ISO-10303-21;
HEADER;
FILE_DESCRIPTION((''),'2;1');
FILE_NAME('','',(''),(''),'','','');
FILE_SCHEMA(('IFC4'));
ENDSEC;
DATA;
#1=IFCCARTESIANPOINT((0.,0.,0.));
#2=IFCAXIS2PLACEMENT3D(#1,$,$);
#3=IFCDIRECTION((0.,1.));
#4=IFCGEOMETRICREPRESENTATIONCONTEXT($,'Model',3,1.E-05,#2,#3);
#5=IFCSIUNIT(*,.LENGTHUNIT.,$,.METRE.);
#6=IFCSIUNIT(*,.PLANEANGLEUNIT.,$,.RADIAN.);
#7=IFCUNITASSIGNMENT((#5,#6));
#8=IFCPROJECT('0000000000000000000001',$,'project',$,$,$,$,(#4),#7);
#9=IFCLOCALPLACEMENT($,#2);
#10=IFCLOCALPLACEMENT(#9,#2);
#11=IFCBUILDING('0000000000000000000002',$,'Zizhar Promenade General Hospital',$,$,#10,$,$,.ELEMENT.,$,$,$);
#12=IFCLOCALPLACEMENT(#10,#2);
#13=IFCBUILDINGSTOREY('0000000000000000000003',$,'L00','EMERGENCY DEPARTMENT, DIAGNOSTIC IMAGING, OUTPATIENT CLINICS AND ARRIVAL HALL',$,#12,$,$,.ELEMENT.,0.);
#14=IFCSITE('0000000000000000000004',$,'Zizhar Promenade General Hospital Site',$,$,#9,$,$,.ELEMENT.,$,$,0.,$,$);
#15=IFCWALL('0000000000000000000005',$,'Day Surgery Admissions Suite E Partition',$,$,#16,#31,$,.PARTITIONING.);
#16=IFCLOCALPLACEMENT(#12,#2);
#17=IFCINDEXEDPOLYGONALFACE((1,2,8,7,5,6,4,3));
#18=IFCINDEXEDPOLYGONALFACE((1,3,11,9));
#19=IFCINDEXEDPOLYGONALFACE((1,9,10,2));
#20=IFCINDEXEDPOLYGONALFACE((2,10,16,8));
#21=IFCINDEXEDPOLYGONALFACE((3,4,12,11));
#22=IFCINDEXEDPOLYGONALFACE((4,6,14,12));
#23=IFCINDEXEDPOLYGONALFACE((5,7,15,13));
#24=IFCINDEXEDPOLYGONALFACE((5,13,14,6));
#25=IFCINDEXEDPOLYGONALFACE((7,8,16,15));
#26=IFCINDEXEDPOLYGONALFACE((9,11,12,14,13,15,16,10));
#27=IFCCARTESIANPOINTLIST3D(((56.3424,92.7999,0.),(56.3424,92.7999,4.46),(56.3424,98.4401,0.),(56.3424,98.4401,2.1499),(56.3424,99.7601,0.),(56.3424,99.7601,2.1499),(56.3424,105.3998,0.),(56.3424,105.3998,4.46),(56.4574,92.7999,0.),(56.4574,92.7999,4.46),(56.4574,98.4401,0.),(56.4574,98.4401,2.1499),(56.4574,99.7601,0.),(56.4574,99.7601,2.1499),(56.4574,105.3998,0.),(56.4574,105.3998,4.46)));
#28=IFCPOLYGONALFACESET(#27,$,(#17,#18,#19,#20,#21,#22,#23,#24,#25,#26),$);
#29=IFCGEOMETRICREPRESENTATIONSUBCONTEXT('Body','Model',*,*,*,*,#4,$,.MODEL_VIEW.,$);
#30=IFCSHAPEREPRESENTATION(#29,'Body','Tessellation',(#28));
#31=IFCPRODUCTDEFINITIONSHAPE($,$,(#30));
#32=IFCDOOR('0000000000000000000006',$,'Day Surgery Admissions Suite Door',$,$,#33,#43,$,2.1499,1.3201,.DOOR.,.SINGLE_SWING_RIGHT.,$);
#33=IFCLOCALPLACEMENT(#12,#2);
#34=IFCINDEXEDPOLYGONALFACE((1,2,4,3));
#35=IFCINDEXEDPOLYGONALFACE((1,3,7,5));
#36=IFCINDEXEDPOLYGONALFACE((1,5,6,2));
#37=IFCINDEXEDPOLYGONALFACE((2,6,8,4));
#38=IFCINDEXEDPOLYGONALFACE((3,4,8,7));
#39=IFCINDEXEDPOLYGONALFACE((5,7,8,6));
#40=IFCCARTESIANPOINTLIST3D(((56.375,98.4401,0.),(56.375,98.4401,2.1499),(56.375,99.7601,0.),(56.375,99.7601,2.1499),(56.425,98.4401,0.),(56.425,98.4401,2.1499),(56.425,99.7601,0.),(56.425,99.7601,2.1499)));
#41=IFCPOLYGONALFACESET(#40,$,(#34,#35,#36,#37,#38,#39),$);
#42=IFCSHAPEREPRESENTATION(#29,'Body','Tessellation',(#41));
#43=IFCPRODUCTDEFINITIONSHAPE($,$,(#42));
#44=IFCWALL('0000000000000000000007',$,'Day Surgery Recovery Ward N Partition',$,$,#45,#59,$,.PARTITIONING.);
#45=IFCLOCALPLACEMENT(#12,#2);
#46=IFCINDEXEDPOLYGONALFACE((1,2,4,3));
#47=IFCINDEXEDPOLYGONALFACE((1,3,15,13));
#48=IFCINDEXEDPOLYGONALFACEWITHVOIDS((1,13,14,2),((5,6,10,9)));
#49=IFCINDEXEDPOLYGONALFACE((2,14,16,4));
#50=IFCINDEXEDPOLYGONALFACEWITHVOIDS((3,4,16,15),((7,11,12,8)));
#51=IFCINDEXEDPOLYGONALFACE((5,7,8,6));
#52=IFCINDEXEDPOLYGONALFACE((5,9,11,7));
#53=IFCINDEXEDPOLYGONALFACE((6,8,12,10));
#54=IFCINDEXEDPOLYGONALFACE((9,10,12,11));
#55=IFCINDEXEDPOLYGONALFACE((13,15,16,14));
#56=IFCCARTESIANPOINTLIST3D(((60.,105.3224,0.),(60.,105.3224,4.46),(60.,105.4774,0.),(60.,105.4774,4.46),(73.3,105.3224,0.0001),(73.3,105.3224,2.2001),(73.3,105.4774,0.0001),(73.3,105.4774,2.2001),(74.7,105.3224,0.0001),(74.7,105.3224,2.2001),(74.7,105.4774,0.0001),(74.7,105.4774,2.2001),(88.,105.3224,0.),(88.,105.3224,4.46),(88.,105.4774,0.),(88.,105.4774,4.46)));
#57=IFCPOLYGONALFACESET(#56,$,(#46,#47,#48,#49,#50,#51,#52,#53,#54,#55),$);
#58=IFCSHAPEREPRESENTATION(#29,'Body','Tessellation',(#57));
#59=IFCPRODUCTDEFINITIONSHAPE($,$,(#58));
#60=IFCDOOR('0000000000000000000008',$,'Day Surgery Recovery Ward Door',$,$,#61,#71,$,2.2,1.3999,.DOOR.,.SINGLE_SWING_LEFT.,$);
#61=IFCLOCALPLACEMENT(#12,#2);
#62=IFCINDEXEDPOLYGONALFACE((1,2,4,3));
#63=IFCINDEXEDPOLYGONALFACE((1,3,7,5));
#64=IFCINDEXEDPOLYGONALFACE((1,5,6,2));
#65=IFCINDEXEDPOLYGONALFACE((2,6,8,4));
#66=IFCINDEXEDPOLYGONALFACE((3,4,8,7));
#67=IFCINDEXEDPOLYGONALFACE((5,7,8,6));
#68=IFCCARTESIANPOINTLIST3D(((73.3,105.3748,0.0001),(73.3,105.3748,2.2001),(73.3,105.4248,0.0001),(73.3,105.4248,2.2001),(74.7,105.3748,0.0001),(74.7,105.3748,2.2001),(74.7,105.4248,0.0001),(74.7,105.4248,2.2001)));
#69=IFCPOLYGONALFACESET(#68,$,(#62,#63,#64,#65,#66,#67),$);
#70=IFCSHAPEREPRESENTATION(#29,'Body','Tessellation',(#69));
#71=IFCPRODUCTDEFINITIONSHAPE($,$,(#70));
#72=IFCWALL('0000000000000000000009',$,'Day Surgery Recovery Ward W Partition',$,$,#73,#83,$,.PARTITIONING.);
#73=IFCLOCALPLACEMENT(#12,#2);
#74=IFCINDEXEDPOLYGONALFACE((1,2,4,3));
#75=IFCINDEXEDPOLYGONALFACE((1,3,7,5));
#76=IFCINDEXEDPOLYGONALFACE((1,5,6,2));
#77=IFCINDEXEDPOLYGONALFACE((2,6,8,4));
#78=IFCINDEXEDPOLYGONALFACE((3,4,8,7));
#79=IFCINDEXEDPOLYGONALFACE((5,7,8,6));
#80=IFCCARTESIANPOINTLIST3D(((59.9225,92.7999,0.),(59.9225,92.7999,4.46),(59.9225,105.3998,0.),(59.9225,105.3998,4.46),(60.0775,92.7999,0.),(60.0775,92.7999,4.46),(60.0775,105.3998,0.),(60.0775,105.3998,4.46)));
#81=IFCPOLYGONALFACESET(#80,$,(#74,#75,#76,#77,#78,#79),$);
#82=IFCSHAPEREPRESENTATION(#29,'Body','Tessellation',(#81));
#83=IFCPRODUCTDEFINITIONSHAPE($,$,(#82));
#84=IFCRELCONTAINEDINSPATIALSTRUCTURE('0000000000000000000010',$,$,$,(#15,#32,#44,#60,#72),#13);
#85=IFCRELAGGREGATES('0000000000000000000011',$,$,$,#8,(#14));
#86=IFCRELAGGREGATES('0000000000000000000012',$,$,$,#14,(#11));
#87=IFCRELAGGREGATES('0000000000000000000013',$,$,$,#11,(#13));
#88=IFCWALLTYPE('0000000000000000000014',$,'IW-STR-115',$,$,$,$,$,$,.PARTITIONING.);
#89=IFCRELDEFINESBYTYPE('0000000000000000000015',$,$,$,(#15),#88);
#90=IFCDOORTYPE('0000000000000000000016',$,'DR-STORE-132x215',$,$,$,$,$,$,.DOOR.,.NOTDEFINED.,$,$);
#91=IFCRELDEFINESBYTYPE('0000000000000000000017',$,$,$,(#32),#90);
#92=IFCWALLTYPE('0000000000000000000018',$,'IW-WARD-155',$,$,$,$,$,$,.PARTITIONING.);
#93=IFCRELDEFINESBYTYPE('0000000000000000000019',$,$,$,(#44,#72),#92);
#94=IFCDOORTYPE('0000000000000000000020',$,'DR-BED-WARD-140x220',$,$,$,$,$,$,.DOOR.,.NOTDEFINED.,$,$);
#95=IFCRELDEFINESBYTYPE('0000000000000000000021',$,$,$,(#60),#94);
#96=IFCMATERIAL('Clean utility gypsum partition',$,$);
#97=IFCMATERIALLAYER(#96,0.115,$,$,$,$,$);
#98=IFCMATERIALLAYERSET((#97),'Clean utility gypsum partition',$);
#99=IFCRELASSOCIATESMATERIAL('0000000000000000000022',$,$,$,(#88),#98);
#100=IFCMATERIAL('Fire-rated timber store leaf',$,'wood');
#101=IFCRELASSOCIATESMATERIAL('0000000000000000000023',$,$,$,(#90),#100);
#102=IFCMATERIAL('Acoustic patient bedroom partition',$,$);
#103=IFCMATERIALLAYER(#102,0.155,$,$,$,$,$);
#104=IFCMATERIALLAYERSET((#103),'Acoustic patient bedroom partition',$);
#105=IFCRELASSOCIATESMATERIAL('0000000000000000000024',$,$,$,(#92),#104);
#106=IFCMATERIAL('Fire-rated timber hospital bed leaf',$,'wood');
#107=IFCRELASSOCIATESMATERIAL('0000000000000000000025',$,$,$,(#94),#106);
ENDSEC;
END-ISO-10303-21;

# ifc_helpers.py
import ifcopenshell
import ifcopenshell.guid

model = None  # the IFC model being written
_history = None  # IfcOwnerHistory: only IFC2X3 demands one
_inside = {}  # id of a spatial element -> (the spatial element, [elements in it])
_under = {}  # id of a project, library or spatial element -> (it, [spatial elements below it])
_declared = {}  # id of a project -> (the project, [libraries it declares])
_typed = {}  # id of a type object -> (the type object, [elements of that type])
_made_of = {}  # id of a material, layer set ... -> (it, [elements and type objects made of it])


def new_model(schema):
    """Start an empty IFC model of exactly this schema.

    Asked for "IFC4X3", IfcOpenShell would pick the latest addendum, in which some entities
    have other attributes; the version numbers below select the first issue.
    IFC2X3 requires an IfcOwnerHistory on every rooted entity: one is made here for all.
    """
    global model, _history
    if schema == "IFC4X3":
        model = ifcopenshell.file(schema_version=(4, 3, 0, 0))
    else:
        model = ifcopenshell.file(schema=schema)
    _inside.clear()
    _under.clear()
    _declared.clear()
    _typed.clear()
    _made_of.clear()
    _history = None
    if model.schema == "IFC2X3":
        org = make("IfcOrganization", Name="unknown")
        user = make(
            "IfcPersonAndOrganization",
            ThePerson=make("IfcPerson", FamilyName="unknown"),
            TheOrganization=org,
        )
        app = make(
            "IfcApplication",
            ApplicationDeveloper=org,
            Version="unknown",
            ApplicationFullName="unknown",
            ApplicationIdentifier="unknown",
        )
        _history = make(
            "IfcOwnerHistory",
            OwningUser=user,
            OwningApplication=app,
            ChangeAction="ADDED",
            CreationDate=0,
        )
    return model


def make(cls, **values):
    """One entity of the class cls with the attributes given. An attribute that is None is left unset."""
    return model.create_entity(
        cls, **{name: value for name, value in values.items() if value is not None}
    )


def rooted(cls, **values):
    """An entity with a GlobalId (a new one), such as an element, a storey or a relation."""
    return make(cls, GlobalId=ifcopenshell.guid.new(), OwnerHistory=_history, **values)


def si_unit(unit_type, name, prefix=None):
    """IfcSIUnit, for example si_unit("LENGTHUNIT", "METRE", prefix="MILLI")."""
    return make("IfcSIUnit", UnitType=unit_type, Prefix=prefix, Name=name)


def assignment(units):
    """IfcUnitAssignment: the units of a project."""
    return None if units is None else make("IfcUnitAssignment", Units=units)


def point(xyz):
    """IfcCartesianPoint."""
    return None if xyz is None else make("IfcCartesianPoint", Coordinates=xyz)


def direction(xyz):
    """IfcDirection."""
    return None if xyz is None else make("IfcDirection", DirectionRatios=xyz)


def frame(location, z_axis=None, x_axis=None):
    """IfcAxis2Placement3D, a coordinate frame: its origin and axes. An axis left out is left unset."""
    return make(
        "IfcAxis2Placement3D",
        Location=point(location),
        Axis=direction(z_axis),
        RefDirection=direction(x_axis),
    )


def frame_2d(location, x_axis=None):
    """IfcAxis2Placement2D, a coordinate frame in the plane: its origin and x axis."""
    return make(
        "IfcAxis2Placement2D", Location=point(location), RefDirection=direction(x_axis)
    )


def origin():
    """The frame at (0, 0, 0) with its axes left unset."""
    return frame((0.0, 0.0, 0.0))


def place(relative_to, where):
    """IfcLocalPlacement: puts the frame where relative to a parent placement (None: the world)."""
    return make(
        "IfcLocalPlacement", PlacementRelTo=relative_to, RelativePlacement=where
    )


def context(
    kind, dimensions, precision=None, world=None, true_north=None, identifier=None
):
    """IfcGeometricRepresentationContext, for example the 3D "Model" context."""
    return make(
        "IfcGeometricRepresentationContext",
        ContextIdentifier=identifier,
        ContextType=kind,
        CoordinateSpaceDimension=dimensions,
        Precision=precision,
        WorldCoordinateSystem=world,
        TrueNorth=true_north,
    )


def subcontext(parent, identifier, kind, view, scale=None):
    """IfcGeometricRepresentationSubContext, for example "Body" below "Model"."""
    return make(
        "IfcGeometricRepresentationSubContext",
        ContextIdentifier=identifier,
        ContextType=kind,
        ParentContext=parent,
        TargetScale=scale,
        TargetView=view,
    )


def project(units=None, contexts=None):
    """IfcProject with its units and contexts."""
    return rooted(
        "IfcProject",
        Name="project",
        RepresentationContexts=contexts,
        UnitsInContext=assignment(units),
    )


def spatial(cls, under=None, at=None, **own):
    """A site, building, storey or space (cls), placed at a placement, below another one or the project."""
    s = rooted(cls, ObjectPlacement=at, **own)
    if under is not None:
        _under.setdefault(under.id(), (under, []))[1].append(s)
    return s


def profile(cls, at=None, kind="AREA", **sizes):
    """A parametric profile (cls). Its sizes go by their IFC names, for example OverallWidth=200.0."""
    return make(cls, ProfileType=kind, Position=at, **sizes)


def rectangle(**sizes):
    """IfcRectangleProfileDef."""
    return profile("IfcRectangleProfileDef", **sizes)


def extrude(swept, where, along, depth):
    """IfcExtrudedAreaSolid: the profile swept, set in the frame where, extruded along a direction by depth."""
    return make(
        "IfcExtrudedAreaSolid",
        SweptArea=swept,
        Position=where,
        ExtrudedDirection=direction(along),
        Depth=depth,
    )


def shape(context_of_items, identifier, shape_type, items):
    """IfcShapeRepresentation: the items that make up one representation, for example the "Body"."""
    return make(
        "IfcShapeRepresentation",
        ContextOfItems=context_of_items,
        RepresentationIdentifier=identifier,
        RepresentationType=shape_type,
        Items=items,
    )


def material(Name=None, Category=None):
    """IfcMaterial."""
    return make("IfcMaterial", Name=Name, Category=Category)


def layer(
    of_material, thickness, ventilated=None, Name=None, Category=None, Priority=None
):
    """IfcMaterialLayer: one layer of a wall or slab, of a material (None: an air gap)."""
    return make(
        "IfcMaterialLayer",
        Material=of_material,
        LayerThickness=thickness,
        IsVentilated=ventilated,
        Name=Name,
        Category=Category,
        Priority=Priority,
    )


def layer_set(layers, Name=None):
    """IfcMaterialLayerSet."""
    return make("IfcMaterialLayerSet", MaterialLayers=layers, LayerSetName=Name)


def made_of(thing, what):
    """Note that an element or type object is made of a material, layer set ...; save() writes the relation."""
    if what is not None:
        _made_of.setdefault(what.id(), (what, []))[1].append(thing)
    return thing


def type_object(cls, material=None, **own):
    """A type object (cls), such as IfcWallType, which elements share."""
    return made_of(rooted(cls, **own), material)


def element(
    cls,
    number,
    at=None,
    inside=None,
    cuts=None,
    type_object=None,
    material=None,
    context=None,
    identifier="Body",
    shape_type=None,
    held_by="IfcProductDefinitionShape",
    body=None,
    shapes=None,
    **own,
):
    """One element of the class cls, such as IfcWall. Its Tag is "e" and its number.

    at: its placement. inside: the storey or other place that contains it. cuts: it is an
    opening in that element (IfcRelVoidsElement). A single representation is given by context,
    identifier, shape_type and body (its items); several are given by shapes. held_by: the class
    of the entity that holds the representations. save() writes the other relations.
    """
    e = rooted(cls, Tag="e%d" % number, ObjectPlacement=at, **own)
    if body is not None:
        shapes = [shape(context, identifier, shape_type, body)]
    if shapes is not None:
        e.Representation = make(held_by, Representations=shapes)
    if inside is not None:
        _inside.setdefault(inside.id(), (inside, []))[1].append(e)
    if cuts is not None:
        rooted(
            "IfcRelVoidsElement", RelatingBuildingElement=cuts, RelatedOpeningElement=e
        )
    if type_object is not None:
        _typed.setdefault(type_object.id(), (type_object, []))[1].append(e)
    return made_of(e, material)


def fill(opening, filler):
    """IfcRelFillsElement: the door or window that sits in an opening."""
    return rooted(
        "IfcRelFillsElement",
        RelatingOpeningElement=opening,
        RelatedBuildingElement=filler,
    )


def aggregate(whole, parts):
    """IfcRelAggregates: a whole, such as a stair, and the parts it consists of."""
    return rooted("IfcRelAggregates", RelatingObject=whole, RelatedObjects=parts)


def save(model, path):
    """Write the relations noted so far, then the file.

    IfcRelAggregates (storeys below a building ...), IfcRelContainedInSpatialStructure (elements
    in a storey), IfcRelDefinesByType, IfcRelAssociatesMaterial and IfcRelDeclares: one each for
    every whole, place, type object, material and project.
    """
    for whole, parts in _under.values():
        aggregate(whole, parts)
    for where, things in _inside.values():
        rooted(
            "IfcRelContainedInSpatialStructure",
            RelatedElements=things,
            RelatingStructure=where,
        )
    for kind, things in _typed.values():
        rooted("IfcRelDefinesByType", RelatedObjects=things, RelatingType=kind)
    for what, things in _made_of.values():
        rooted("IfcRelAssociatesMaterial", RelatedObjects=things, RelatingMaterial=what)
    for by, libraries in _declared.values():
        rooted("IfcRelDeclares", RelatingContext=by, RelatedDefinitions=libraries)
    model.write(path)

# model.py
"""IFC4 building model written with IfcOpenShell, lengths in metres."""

from ifc_helpers import new_model, si_unit, direction, frame, frame_2d, origin, place, context, subcontext, project, spatial, rectangle, extrude, material, layer, layer_set, type_object, element, fill, save


model = new_model("IFC4")

# Units and contexts
model_context = context("Model", 3, precision=1e-05, world=origin(), true_north=direction((0.0, 1.0)))
body_context = subcontext(model_context, "Body", "Model", "MODEL_VIEW")
ifc_project = project(units=[si_unit("LENGTHUNIT", "METRE"), si_unit("PLANEANGLEUNIT", "RADIAN")], contexts=[model_context])

# Site, building, storey
site_placement = place(None, origin())
site = spatial("IfcSite", under=ifc_project, at=site_placement, Name="Zizhar Promenade General Hospital Site", CompositionType="ELEMENT", RefElevation=0.0)
building_placement = place(site_placement, origin())
building = spatial("IfcBuilding", under=site, at=building_placement, Name="Zizhar Promenade General Hospital", CompositionType="ELEMENT")
storey_placement = place(building_placement, origin())
storey = spatial("IfcBuildingStorey", under=building, at=storey_placement, Name="L00", Description="EMERGENCY DEPARTMENT, DIAGNOSTIC IMAGING, OUTPATIENT CLINICS AND ARRIVAL HALL", CompositionType="ELEMENT", Elevation=0.0)

# Shared definitions
ifc_material_1 = material(Name="Clean utility gypsum partition")
ifc_layer_1 = layer(ifc_material_1, 0.115)
ifc_layer_set_1 = layer_set([ifc_layer_1], Name="Clean utility gypsum partition")
wall_type_1 = type_object("IfcWallType", Name="IW-STR-115", PredefinedType="PARTITIONING", material=ifc_layer_set_1)

# Walls, openings, doors
wall_1_placement = place(storey_placement, frame((56.3999, 92.8, 0.0), z_axis=(0.0, 0.0, 1.0), x_axis=(0.0, 1.0, 0.0)))
wall_1 = element("IfcWall", 1, at=wall_1_placement, inside=storey, type_object=wall_type_1, Name="Day Surgery Admissions Suite E Partition", PredefinedType="PARTITIONING", context=body_context, shape_type="SweptSolid", body=[
    extrude(rectangle(XDim=12.5999, YDim=0.115, at=frame_2d((6.2998, 0.0))), origin(), (0.0, 0.0, 1.0), 4.46),
])
opening_1_placement = place(wall_1_placement, frame((5.6399, 0.0, 0.0)))
opening_1 = element("IfcOpeningElement", 2, at=opening_1_placement, cuts=wall_1, PredefinedType="OPENING", context=body_context, shape_type="SweptSolid", body=[
    extrude(rectangle(XDim=1.3201, YDim=2.1499, at=frame_2d((0.6602, 1.075))), frame((0.0, 0.0674, 0.0), z_axis=(0.0, -1.0, 0.0), x_axis=(1.0, 0.0, 0.0)), (0.0, 0.0, 1.0), 0.135),
])
ifc_material_2 = material(Name="Fire-rated timber store leaf", Category="wood")
door_type_1 = type_object("IfcDoorType", Name="DR-STORE-132x215", OperationType="NOTDEFINED", PredefinedType="DOOR", material=ifc_material_2)
door_1_placement = place(opening_1_placement, origin())
door_1 = element("IfcDoor", 3, at=door_1_placement, inside=storey, type_object=door_type_1, Name="Day Surgery Admissions Suite Door", OperationType="SINGLE_SWING_RIGHT", OverallHeight=2.1499, OverallWidth=1.3201, PredefinedType="DOOR", context=body_context, shape_type="SweptSolid", body=[
    extrude(rectangle(XDim=1.3201, YDim=2.1499, at=frame_2d((0.6602, 1.075))), frame((0.0, 0.0249, 0.0), z_axis=(0.0, -1.0, 0.0), x_axis=(1.0, 0.0, 0.0)), (0.0, 0.0, 1.0), 0.05),
])
fill(opening_1, door_1)
ifc_material_3 = material(Name="Acoustic patient bedroom partition")
ifc_layer_2 = layer(ifc_material_3, 0.155)
ifc_layer_set_2 = layer_set([ifc_layer_2], Name="Acoustic patient bedroom partition")
wall_type_2 = type_object("IfcWallType", Name="IW-WARD-155", PredefinedType="PARTITIONING", material=ifc_layer_set_2)
wall_2_placement = place(storey_placement, frame((60.0, 105.3999, 0.0), z_axis=(0.0, 0.0, 1.0), x_axis=(1.0, 0.0, 0.0)))
wall_2 = element("IfcWall", 4, at=wall_2_placement, inside=storey, type_object=wall_type_2, Name="Day Surgery Recovery Ward N Partition", PredefinedType="PARTITIONING", context=body_context, shape_type="SweptSolid", body=[
    extrude(rectangle(XDim=28.0, YDim=0.155, at=frame_2d((14.0, 0.0))), origin(), (0.0, 0.0, 1.0), 4.46),
])
opening_2_placement = place(wall_2_placement, frame((13.3, 0.0, 0.0)))
opening_2 = element("IfcOpeningElement", 5, at=opening_2_placement, cuts=wall_2, PredefinedType="OPENING", context=body_context, shape_type="SweptSolid", body=[
    extrude(rectangle(XDim=1.3999, YDim=2.2, at=frame_2d((0.7, 1.1001))), frame((0.0, 0.0874, 0.0), z_axis=(0.0, -1.0, 0.0), x_axis=(1.0, 0.0, 0.0)), (0.0, 0.0, 1.0), 0.175),
])
ifc_material_4 = material(Name="Fire-rated timber hospital bed leaf", Category="wood")
door_type_2 = type_object("IfcDoorType", Name="DR-BED-WARD-140x220", OperationType="NOTDEFINED", PredefinedType="DOOR", material=ifc_material_4)
door_2_placement = place(opening_2_placement, origin())
door_2 = element("IfcDoor", 6, at=door_2_placement, inside=storey, type_object=door_type_2, Name="Day Surgery Recovery Ward Door", OperationType="SINGLE_SWING_LEFT", OverallHeight=2.2, OverallWidth=1.3999, PredefinedType="DOOR", context=body_context, shape_type="SweptSolid", body=[
    extrude(rectangle(XDim=1.3999, YDim=2.2, at=frame_2d((0.7, 1.1001))), frame((0.0, 0.0249, 0.0), z_axis=(0.0, -1.0, 0.0), x_axis=(1.0, 0.0, 0.0)), (0.0, 0.0, 1.0), 0.05),
])
fill(opening_2, door_2)

# Wall
wall_3_placement = place(storey_placement, frame((60.0, 92.8, 0.0), z_axis=(0.0, 0.0, 1.0), x_axis=(0.0, 1.0, 0.0)))
element("IfcWall", 7, at=wall_3_placement, inside=storey, type_object=wall_type_2, Name="Day Surgery Recovery Ward W Partition", PredefinedType="PARTITIONING", context=body_context, shape_type="SweptSolid", body=[
    extrude(rectangle(XDim=12.5999, YDim=0.155, at=frame_2d((6.2998, 0.0))), origin(), (0.0, 0.0, 1.0), 4.46),
])

save(model, "model.ifc")
